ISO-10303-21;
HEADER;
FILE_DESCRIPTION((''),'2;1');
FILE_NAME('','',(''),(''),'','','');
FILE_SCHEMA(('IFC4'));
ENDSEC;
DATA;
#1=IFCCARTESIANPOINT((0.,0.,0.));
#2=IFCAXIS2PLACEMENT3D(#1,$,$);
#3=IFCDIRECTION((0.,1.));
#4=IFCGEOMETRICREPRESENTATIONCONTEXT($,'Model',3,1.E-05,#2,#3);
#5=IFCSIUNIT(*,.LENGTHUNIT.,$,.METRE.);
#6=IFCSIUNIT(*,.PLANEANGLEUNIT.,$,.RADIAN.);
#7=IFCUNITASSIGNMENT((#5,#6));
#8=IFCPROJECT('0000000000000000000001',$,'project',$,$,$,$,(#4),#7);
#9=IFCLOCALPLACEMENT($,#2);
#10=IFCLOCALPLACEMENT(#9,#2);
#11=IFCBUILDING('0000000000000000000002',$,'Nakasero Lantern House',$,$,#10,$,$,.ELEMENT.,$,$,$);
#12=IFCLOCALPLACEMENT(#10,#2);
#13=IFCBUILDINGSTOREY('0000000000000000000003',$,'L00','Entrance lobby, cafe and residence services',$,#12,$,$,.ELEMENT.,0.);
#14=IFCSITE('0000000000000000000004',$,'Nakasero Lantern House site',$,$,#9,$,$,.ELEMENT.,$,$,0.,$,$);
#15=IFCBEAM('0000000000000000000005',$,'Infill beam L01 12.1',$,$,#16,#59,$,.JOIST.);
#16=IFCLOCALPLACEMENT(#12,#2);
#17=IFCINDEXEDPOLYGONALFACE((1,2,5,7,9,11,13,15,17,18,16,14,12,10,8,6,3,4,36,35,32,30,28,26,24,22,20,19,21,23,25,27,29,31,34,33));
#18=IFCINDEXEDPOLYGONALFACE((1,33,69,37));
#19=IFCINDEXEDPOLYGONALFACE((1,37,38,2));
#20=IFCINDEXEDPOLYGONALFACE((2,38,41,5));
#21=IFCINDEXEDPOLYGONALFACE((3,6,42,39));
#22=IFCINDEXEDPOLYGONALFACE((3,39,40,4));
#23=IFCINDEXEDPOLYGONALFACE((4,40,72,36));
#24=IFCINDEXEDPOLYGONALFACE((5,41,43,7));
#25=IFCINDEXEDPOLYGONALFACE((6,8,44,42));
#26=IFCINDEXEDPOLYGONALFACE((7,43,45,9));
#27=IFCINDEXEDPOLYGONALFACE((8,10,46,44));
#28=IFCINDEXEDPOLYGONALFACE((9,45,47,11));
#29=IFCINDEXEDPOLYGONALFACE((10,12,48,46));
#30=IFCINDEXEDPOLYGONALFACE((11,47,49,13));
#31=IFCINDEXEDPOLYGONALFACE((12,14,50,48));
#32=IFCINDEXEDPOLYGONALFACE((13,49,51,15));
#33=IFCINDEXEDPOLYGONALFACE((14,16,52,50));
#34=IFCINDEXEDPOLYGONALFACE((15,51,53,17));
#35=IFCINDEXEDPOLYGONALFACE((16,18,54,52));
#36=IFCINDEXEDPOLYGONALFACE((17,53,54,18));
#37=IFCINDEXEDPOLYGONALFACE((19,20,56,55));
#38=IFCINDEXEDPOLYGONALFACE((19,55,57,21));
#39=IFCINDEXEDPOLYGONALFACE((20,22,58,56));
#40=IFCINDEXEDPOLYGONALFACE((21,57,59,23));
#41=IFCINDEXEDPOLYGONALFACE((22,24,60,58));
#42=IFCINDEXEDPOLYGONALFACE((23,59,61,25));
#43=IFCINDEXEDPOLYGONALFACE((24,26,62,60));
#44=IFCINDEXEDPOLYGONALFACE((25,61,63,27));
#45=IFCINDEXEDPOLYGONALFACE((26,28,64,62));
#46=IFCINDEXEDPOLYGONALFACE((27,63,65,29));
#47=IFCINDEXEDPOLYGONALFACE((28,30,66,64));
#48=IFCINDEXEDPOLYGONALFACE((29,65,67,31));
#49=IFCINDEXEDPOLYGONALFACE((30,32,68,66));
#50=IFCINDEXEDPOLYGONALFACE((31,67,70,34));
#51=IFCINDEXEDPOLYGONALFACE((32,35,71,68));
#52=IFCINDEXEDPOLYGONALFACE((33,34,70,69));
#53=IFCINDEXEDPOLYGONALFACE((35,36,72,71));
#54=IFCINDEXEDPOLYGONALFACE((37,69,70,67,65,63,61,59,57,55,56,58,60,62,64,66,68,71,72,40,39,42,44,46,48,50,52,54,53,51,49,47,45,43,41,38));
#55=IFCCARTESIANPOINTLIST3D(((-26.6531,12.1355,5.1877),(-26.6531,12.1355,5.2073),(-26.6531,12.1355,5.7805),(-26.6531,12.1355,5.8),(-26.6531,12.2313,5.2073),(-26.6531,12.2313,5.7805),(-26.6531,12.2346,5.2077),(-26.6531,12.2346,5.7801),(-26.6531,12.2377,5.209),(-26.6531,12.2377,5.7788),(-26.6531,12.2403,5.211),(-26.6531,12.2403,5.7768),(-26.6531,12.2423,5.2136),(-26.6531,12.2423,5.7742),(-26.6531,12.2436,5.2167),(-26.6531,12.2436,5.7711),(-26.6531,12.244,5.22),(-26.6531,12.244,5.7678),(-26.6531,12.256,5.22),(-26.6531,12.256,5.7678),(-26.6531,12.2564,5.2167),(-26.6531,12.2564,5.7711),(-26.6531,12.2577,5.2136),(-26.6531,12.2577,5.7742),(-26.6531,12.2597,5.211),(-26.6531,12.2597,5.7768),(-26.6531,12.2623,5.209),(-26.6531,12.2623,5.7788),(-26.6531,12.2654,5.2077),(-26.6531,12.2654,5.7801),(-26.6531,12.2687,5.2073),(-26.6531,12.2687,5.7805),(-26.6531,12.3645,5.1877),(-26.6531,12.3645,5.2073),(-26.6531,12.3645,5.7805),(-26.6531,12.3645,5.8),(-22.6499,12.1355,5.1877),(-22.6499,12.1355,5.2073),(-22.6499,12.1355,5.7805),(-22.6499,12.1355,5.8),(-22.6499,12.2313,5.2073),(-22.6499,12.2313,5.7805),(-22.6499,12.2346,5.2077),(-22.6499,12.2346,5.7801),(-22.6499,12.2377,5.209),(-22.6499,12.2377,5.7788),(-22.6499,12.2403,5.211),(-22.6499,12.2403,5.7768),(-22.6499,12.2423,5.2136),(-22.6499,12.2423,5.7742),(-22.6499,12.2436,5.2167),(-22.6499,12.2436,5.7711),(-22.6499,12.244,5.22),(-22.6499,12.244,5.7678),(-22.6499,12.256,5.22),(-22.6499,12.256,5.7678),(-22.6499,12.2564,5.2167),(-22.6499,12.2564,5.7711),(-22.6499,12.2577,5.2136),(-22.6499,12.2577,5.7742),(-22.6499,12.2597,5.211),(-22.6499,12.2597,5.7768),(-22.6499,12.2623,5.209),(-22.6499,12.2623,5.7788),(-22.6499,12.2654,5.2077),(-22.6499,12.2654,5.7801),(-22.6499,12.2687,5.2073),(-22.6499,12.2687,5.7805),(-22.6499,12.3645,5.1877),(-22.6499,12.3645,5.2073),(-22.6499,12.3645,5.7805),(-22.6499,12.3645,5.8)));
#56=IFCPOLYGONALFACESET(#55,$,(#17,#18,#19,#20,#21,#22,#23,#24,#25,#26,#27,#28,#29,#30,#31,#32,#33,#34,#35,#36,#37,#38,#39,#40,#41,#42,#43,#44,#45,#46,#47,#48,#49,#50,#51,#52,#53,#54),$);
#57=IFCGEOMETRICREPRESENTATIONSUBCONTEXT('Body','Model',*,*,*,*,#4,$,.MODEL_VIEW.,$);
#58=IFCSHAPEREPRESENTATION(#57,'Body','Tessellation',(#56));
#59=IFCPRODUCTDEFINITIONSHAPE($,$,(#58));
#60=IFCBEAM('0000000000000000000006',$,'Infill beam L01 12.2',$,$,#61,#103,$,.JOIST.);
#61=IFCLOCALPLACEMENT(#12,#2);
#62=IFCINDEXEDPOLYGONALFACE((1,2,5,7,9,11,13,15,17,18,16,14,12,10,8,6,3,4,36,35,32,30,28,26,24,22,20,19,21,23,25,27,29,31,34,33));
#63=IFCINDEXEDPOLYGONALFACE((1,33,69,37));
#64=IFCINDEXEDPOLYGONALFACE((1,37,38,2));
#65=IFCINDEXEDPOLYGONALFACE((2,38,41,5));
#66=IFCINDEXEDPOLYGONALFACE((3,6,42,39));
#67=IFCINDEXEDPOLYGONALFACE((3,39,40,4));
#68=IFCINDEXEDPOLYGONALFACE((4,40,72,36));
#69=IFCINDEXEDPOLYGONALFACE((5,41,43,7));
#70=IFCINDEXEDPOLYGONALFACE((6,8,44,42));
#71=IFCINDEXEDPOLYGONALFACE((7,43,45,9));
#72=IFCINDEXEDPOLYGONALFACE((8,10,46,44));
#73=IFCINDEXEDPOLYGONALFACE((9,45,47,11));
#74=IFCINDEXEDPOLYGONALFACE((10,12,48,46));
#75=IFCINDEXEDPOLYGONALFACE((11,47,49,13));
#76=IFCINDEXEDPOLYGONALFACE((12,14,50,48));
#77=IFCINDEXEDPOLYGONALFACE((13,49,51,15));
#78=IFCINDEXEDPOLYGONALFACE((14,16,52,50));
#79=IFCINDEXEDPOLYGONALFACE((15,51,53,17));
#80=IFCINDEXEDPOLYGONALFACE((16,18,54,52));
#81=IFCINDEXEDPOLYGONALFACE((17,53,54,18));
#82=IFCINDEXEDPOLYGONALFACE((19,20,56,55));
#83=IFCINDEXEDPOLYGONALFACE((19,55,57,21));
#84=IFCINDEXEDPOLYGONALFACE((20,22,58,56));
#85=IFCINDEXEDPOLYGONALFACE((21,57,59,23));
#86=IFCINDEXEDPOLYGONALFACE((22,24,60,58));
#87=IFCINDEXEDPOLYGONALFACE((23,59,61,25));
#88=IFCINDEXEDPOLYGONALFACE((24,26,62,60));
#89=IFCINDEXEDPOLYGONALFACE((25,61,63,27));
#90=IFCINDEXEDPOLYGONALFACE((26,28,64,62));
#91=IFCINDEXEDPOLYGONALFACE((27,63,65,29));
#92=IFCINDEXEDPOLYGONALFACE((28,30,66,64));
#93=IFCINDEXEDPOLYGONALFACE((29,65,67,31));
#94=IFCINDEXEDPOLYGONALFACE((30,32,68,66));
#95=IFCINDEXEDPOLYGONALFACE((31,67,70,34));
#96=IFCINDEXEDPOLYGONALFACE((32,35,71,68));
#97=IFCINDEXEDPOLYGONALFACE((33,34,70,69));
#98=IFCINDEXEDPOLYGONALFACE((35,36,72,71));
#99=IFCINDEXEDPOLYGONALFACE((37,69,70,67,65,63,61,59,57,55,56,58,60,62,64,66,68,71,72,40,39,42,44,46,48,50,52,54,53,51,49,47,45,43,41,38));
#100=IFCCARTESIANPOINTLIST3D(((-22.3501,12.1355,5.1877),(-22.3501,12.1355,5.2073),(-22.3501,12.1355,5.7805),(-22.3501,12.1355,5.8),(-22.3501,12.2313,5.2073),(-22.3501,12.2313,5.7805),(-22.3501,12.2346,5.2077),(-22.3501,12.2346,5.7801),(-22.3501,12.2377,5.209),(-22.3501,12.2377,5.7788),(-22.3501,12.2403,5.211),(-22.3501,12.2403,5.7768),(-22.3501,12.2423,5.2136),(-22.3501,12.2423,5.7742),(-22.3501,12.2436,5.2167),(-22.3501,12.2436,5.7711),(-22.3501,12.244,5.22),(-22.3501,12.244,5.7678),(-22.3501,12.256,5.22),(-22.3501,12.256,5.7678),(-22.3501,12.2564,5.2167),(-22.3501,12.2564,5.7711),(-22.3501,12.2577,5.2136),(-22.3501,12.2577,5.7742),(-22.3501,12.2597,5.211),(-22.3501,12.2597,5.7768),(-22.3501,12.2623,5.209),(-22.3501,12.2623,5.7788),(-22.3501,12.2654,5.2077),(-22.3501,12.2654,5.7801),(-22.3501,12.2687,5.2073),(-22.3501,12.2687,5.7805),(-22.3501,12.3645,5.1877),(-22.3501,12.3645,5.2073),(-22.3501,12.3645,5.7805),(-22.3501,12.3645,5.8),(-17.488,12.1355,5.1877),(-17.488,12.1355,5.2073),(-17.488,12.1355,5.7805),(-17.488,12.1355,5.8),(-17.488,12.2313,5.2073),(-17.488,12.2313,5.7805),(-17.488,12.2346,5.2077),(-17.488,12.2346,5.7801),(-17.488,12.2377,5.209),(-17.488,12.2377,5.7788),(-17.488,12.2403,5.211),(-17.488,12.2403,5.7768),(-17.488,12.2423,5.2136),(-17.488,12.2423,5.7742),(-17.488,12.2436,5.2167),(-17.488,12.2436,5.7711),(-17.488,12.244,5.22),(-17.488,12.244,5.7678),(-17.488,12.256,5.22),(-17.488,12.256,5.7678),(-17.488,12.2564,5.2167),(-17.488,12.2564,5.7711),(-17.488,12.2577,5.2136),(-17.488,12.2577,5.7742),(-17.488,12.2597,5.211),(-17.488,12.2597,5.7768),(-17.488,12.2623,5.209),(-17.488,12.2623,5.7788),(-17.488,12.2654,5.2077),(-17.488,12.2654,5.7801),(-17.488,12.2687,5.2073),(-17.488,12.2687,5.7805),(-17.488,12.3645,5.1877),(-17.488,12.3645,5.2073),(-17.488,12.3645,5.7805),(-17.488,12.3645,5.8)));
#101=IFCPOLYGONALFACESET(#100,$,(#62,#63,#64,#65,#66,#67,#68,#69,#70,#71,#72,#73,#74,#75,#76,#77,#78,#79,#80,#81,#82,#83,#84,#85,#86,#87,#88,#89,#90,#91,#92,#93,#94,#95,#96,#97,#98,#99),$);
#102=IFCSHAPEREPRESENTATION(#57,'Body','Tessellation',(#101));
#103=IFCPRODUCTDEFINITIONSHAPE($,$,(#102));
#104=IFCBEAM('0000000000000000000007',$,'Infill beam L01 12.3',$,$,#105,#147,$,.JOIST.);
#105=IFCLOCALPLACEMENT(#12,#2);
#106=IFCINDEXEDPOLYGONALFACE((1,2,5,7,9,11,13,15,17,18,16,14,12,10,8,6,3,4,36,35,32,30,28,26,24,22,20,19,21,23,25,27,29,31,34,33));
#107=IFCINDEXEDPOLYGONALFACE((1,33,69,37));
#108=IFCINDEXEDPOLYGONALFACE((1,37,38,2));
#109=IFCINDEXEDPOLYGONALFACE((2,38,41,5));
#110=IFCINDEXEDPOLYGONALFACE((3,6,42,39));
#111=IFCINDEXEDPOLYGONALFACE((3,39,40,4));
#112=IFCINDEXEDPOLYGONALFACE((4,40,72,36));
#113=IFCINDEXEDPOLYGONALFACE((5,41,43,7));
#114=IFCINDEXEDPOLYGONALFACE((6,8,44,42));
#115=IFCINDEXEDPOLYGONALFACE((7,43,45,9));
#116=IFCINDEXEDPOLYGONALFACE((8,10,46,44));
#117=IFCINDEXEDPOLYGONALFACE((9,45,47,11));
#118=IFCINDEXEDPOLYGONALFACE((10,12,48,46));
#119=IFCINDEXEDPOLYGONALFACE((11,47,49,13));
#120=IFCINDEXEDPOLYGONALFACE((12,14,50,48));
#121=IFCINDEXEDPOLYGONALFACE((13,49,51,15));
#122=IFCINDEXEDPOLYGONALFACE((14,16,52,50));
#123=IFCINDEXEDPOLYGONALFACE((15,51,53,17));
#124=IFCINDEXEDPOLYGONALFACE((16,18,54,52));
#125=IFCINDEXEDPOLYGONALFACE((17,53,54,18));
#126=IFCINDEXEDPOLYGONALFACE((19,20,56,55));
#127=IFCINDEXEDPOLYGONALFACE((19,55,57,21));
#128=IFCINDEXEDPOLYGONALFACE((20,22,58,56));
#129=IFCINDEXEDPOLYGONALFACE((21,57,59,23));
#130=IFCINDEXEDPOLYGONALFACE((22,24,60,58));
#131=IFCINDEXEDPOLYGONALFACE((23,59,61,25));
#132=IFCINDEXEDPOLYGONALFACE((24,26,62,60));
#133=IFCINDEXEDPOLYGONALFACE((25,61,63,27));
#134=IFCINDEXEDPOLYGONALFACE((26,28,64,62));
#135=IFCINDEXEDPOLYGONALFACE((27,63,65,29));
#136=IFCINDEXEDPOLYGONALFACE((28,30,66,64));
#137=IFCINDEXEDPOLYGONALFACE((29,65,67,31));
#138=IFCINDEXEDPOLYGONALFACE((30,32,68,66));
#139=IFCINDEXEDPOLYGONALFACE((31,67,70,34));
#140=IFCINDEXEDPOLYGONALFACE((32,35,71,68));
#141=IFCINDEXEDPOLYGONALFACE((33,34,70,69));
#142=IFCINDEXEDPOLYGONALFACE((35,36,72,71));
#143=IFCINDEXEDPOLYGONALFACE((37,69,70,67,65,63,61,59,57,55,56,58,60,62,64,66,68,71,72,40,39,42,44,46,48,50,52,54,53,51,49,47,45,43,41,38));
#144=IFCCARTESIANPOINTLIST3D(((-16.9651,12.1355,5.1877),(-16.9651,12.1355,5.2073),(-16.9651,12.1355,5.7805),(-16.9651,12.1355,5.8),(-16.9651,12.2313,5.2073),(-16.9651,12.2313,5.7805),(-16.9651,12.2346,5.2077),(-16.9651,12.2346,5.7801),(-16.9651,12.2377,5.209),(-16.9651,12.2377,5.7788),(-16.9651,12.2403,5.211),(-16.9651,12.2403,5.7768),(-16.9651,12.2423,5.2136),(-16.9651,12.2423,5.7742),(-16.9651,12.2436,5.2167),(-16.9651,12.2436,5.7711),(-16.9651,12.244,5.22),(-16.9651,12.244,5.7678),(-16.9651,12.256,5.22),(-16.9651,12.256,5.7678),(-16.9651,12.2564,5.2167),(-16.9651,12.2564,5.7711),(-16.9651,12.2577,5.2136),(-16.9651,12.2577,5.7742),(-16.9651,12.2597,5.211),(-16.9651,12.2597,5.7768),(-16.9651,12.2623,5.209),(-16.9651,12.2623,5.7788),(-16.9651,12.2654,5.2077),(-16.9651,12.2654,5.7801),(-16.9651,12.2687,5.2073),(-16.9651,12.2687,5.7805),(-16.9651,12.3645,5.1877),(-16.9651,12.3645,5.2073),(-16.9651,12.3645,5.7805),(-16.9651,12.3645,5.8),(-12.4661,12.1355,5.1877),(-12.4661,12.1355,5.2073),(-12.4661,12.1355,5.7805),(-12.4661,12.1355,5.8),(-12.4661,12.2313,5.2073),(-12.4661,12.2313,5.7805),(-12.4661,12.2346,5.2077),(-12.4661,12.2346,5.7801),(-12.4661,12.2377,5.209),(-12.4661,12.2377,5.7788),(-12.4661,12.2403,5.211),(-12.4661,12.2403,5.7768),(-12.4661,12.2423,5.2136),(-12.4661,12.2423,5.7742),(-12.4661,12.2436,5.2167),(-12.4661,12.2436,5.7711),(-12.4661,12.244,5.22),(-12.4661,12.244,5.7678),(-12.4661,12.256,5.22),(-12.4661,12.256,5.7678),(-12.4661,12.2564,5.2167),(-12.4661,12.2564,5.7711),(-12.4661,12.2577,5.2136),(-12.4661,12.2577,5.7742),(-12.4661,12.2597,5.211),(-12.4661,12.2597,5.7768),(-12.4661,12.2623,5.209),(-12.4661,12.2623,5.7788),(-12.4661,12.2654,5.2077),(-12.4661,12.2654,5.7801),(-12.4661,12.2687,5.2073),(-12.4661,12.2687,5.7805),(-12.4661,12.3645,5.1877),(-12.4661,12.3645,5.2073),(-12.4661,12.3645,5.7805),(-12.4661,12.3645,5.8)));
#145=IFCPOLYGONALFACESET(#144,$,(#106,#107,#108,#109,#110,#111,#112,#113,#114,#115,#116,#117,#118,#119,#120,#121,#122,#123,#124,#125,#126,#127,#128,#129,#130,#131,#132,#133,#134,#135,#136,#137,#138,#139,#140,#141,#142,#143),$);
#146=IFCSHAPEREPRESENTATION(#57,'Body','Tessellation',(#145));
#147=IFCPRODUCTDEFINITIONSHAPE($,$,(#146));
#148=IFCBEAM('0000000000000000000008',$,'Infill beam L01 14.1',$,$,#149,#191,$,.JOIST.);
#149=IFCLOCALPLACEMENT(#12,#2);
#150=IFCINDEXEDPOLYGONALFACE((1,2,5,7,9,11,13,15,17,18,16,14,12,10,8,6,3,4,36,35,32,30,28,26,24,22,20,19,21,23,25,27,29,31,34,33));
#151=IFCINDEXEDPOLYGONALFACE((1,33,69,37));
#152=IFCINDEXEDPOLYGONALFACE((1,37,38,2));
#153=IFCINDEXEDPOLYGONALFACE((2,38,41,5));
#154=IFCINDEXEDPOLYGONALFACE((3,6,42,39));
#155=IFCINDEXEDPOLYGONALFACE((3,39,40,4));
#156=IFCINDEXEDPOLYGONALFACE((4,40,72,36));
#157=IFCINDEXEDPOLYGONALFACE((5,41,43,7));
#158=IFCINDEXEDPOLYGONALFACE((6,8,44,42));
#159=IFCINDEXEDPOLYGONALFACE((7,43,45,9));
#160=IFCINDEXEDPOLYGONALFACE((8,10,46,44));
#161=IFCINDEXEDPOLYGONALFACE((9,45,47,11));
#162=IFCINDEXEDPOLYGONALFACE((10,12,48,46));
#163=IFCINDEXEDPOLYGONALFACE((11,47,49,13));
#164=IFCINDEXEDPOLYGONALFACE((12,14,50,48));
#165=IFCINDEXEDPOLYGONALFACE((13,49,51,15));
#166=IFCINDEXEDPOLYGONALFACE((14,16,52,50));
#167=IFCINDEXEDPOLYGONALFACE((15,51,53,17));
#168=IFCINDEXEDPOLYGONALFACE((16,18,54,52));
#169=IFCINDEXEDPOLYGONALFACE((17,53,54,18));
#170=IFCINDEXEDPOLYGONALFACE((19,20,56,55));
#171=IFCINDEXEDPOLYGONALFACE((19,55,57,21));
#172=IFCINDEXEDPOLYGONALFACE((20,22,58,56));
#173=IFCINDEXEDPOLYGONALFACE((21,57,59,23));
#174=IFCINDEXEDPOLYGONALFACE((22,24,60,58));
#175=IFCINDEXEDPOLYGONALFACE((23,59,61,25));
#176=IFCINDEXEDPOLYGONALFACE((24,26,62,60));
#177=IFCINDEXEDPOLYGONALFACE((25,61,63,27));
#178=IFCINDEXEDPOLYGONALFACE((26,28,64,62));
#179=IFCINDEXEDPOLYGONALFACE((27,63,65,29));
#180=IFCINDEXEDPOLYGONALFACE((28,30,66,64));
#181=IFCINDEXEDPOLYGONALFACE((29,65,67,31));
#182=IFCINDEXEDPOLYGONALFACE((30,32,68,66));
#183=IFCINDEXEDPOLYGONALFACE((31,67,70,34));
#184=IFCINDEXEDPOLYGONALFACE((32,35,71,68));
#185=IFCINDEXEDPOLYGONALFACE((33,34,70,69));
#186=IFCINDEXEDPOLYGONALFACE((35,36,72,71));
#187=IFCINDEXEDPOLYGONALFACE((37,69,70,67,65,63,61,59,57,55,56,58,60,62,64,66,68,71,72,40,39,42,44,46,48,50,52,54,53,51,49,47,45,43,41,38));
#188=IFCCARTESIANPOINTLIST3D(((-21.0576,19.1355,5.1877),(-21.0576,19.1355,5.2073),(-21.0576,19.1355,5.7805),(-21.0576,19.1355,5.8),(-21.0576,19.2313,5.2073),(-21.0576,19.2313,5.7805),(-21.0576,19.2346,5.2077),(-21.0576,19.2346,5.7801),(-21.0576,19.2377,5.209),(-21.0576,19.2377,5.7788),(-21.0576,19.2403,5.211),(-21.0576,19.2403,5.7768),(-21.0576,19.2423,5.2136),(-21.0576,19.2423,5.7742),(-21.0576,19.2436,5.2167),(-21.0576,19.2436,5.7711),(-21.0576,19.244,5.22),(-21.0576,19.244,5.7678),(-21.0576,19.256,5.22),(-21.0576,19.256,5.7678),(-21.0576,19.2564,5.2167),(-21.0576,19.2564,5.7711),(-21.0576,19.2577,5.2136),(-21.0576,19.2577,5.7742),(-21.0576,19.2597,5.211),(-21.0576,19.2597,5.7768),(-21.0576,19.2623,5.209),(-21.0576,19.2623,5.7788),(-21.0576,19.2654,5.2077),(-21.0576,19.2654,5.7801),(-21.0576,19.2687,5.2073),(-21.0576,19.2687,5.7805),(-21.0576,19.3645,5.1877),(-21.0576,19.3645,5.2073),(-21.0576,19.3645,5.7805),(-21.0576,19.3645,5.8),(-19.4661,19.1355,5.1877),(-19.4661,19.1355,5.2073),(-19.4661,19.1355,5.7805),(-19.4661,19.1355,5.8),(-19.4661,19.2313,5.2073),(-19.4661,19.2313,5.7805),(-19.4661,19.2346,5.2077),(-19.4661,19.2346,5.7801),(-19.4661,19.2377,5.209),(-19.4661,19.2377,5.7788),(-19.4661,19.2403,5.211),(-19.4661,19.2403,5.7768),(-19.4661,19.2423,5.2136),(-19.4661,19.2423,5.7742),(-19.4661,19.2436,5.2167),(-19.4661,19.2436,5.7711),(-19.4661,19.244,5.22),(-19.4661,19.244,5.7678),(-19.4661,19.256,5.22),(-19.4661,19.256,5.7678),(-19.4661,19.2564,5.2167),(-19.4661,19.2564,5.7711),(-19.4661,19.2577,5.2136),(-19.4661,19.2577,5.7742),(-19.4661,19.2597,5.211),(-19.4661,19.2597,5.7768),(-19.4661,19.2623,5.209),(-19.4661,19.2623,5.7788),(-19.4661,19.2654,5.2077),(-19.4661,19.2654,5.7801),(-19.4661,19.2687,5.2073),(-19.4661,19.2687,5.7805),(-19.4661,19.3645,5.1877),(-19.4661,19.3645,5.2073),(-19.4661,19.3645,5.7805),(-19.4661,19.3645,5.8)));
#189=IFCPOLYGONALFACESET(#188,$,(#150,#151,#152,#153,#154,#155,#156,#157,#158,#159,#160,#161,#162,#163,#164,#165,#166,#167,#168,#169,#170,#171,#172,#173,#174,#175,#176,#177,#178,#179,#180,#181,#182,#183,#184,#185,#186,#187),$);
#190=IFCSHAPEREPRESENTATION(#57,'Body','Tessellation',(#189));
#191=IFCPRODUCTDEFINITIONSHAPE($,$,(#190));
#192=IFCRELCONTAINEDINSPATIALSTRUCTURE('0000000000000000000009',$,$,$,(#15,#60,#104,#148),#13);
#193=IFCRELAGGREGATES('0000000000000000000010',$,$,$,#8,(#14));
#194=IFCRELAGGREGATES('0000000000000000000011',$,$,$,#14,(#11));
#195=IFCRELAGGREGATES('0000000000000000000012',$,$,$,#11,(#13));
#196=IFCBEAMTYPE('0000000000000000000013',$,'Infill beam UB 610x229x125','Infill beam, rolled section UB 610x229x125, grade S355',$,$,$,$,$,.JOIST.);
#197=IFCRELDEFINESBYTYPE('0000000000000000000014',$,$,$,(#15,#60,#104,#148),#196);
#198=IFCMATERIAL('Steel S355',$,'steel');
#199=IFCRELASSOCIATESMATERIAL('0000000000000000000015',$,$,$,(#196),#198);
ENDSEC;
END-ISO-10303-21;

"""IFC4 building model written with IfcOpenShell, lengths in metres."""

from ifc_helpers import new_model, si_unit, direction, frame, origin, origin_2d, place, context, subcontext, project, spatial, i_section, extrude, material, material_profile, profile_set, type_object, element, save


model = new_model("IFC4")

# Units and contexts
model_context = context("Model", 3, precision=1e-05, world=origin(), true_north=direction((0.0, 1.0)))
body_context = subcontext(model_context, "Body", "Model", "MODEL_VIEW")
ifc_project = project(units=[si_unit("LENGTHUNIT", "METRE"), si_unit("PLANEANGLEUNIT", "RADIAN")], contexts=[model_context])

# Site, building, storey
site_placement = place(None, origin())
site = spatial("IfcSite", under=ifc_project, at=site_placement, Name="Nakasero Lantern House site", CompositionType="ELEMENT", RefElevation=0.0)
building_placement = place(site_placement, origin())
building = spatial("IfcBuilding", under=site, at=building_placement, Name="Nakasero Lantern House", CompositionType="ELEMENT")
storey_placement = place(building_placement, origin())
storey = spatial("IfcBuildingStorey", under=building, at=storey_placement, Name="L00", Description="Entrance lobby, cafe and residence services", CompositionType="ELEMENT", Elevation=0.0)

# Beams
ifc_material_1 = material(Name="Steel S355", Category="steel")
ifc_material_profile_1 = material_profile(ifc_material_1, i_section(OverallWidth=0.229, OverallDepth=0.6123, WebThickness=0.012, FlangeThickness=0.0195, FilletRadius=0.0127, at=origin_2d()), Name="UB 610x229x125")
ifc_profile_set_1 = profile_set([ifc_material_profile_1], Name="Steel S355")
beam_type_1 = type_object("IfcBeamType", Name="Infill beam UB 610x229x125", Description="Infill beam, rolled section UB 610x229x125, grade S355", PredefinedType="JOIST", material=ifc_profile_set_1)
beam_1_placement = place(storey_placement, frame((-26.6531, 12.25, 5.4939), z_axis=(1.0, 0.0, 0.0), x_axis=(0.0, 1.0, 0.0)))
element("IfcBeam", 1, at=beam_1_placement, inside=storey, type_object=beam_type_1, Name="Infill beam L01 12.1", PredefinedType="JOIST", context=body_context, shape_type="SweptSolid", body=[
    extrude(i_section(OverallWidth=0.229, OverallDepth=0.6123, WebThickness=0.012, FlangeThickness=0.0195, FilletRadius=0.0127, at=origin_2d()), origin(), (0.0, 0.0, 1.0), 4.0032),
])
beam_2_placement = place(storey_placement, frame((-22.3501, 12.25, 5.4939), z_axis=(1.0, 0.0, 0.0), x_axis=(0.0, 1.0, 0.0)))
element("IfcBeam", 2, at=beam_2_placement, inside=storey, type_object=beam_type_1, Name="Infill beam L01 12.2", PredefinedType="JOIST", context=body_context, shape_type="SweptSolid", body=[
    extrude(i_section(OverallWidth=0.229, OverallDepth=0.6123, WebThickness=0.012, FlangeThickness=0.0195, FilletRadius=0.0127, at=origin_2d()), origin(), (0.0, 0.0, 1.0), 4.8621),
])
beam_3_placement = place(storey_placement, frame((-16.9651, 12.25, 5.4939), z_axis=(1.0, 0.0, 0.0), x_axis=(0.0, 1.0, 0.0)))
element("IfcBeam", 3, at=beam_3_placement, inside=storey, type_object=beam_type_1, Name="Infill beam L01 12.3", PredefinedType="JOIST", context=body_context, shape_type="SweptSolid", body=[
    extrude(i_section(OverallWidth=0.229, OverallDepth=0.6123, WebThickness=0.012, FlangeThickness=0.0195, FilletRadius=0.0127, at=origin_2d()), origin(), (0.0, 0.0, 1.0), 4.499),
])
beam_4_placement = place(storey_placement, frame((-21.0576, 19.25, 5.4939), z_axis=(1.0, 0.0, 0.0), x_axis=(0.0, 1.0, 0.0)))
element("IfcBeam", 4, at=beam_4_placement, inside=storey, type_object=beam_type_1, Name="Infill beam L01 14.1", PredefinedType="JOIST", context=body_context, shape_type="SweptSolid", body=[
    extrude(i_section(OverallWidth=0.229, OverallDepth=0.6123, WebThickness=0.012, FlangeThickness=0.0195, FilletRadius=0.0127, at=origin_2d()), origin(), (0.0, 0.0, 1.0), 1.5916),
])

save(model, "model.ifc")
